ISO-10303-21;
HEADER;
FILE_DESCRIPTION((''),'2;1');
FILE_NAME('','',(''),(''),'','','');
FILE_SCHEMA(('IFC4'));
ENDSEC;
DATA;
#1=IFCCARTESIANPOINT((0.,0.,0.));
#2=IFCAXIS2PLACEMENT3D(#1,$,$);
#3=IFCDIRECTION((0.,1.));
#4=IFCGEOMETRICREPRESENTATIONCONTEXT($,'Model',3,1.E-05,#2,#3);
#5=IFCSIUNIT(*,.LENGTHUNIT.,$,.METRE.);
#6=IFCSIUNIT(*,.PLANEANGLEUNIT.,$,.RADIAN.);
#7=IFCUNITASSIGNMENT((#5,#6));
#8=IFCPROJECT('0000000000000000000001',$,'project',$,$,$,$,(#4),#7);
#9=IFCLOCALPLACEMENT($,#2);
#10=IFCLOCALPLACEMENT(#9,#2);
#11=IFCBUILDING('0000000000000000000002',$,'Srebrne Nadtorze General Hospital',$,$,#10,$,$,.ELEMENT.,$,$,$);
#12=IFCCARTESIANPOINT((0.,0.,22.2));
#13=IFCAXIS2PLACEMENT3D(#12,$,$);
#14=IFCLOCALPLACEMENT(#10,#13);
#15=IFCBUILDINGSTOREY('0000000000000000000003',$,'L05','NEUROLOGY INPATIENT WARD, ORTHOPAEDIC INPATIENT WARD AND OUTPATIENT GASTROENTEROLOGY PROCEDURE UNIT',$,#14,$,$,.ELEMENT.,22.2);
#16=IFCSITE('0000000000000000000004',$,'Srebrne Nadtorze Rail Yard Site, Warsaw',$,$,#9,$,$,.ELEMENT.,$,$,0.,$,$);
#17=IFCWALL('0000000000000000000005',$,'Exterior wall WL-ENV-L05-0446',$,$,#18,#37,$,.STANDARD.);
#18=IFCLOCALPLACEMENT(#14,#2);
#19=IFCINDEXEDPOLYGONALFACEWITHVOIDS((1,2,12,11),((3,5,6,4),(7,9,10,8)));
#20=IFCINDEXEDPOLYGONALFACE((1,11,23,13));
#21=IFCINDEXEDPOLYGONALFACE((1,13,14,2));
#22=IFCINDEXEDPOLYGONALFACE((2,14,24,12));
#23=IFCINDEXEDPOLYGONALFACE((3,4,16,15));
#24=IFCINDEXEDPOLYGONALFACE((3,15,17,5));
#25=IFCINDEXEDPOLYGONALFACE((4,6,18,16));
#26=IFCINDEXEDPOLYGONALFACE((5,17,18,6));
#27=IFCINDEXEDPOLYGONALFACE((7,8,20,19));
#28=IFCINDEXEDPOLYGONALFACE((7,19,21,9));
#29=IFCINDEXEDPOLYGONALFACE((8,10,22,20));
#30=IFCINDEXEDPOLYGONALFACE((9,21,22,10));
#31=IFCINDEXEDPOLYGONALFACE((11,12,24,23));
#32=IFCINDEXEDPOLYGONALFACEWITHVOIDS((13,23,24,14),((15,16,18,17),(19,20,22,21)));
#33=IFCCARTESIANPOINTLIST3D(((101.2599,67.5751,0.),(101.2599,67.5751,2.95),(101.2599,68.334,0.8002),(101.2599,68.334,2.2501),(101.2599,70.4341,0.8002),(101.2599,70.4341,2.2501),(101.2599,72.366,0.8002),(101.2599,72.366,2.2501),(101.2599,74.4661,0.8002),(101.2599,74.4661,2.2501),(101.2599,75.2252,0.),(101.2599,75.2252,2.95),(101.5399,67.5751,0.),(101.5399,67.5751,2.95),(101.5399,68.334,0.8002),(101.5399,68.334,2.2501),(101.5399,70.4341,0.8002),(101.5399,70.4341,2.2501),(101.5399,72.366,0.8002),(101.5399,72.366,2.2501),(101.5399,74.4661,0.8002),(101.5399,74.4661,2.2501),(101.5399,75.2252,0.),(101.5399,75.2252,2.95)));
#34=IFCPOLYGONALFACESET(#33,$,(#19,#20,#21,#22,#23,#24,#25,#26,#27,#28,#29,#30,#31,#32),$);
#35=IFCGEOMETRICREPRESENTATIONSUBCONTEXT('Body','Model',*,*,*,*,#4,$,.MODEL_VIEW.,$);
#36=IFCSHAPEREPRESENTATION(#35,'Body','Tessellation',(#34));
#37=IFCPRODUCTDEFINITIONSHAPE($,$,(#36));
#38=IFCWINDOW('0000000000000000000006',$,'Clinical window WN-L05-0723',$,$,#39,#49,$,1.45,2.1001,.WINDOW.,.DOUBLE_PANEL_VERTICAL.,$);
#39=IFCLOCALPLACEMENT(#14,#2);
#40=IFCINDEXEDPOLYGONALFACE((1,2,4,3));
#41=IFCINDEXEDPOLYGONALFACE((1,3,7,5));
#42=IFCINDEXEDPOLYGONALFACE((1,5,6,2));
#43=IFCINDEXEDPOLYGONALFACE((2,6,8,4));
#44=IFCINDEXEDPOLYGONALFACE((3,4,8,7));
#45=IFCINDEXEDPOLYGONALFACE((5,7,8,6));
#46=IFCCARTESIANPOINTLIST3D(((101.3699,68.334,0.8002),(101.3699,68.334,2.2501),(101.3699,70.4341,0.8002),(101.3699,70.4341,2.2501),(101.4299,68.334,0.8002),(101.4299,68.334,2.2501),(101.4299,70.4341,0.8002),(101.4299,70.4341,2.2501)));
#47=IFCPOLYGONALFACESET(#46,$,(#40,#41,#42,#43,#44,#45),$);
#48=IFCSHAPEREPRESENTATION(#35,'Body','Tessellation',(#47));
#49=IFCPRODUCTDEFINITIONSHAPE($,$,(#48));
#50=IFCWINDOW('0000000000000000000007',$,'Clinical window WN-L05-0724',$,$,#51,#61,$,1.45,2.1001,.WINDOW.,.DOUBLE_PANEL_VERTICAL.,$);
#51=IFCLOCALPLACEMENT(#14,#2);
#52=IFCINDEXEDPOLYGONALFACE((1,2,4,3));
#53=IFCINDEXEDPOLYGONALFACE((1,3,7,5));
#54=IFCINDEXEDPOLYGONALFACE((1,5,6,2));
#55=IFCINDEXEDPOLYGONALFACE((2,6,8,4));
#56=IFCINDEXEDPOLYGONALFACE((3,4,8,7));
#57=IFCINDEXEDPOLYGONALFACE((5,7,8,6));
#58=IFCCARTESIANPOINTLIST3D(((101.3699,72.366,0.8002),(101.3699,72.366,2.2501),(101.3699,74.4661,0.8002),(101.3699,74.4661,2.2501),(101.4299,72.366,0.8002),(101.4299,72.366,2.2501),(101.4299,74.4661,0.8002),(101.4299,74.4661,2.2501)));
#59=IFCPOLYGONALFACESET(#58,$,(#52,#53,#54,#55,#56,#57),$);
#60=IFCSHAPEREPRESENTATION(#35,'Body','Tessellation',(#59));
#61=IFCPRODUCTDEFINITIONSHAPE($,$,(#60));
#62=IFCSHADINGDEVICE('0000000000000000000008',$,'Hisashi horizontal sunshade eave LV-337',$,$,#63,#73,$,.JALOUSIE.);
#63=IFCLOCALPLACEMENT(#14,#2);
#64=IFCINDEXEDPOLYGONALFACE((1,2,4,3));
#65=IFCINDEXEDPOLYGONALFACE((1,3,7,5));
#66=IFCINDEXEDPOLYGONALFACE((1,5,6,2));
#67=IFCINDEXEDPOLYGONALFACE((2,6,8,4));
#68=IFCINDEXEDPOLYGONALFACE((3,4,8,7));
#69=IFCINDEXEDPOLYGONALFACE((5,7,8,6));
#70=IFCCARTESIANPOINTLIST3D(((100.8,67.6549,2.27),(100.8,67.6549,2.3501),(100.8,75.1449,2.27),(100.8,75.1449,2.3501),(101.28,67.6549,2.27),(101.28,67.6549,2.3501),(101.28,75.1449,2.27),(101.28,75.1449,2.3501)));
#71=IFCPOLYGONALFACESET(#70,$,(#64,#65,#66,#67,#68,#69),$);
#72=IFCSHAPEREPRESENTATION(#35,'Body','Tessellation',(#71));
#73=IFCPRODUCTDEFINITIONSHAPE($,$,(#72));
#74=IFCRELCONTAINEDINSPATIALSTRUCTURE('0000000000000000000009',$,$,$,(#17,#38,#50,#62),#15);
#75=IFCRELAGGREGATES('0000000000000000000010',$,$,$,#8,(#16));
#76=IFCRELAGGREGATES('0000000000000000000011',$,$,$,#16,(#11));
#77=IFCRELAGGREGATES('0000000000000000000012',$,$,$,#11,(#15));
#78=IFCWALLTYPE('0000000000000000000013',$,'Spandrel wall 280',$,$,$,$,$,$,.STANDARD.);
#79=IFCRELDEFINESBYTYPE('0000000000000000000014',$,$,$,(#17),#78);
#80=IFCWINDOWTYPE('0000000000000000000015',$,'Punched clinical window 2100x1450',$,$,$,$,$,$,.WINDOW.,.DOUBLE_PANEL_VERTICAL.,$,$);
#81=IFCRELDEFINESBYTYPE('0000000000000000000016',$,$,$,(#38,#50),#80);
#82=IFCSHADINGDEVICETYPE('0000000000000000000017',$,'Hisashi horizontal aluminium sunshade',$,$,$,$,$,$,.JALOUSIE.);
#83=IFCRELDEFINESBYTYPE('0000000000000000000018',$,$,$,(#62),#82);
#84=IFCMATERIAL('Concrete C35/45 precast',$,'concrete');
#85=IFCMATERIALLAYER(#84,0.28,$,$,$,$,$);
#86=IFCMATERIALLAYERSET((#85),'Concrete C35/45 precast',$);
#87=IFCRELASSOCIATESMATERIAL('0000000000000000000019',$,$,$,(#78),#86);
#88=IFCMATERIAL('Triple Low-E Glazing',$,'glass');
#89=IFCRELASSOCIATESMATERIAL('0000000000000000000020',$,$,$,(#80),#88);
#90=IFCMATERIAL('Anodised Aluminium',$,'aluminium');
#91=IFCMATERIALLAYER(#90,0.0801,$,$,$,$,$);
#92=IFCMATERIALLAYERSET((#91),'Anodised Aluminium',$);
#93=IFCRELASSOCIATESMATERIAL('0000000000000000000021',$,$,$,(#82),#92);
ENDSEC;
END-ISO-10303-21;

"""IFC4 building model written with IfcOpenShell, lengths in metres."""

from ifc_helpers import new_model, si_unit, direction, frame, frame_2d, origin, origin_2d, place, context, subcontext, project, spatial, rectangle, extrude, material, layer, layer_set, type_object, element, fill, save


model = new_model("IFC4")

# Units and contexts
model_context = context("Model", 3, precision=1e-05, world=origin(), true_north=direction((0.0, 1.0)))
body_context = subcontext(model_context, "Body", "Model", "MODEL_VIEW")
ifc_project = project(units=[si_unit("LENGTHUNIT", "METRE"), si_unit("PLANEANGLEUNIT", "RADIAN")], contexts=[model_context])

# Site, building, storey
site_placement = place(None, origin())
site = spatial("IfcSite", under=ifc_project, at=site_placement, Name="Srebrne Nadtorze Rail Yard Site, Warsaw", CompositionType="ELEMENT", RefElevation=0.0)
building_placement = place(site_placement, origin())
building = spatial("IfcBuilding", under=site, at=building_placement, Name="Srebrne Nadtorze General Hospital", CompositionType="ELEMENT")
storey_placement = place(building_placement, frame((0.0, 0.0, 22.2)))
storey = spatial("IfcBuildingStorey", under=building, at=storey_placement, Name="L05", Description="NEUROLOGY INPATIENT WARD, ORTHOPAEDIC INPATIENT WARD AND OUTPATIENT GASTROENTEROLOGY PROCEDURE UNIT", CompositionType="ELEMENT", Elevation=22.2)

# Wall, openings, windows
ifc_material_1 = material(Name="Concrete C35/45 precast", Category="concrete")
ifc_layer_1 = layer(ifc_material_1, 0.28)
ifc_layer_set_1 = layer_set([ifc_layer_1], Name="Concrete C35/45 precast")
wall_type_1 = type_object("IfcWallType", Name="Spandrel wall 280", PredefinedType="STANDARD", material=ifc_layer_set_1)
wall_1_placement = place(storey_placement, frame((101.3999, 67.575, 0.0), z_axis=(0.0, 0.0, 1.0), x_axis=(0.0, 1.0, 0.0)))
wall_1 = element("IfcWall", 1, at=wall_1_placement, inside=storey, type_object=wall_type_1, Name="Exterior wall WL-ENV-L05-0446", PredefinedType="STANDARD", context=body_context, shape_type="SweptSolid", body=[
    extrude(rectangle(XDim=7.6501, YDim=0.28, at=frame_2d((3.8252, 0.0))), origin(), (0.0, 0.0, 1.0), 2.95),
])
opening_1_placement = place(wall_1_placement, frame((0.759, 0.0, 0.8)))
opening_1 = element("IfcOpeningElement", 2, at=opening_1_placement, cuts=wall_1, PredefinedType="OPENING", context=body_context, shape_type="SweptSolid", body=[
    extrude(rectangle(XDim=2.1001, YDim=1.45, at=frame_2d((1.05, 0.7251))), frame((0.0, 0.1519, 0.0), z_axis=(0.0, -1.0, 0.0), x_axis=(1.0, 0.0, 0.0)), (0.0, 0.0, 1.0), 0.304),
])
opening_2_placement = place(wall_1_placement, frame((4.791, 0.0, 0.8)))
opening_2 = element("IfcOpeningElement", 3, at=opening_2_placement, cuts=wall_1, PredefinedType="OPENING", context=body_context, shape_type="SweptSolid", body=[
    extrude(rectangle(XDim=2.1001, YDim=1.45, at=frame_2d((1.05, 0.7251))), frame((0.0, 0.1519, 0.0), z_axis=(0.0, -1.0, 0.0), x_axis=(1.0, 0.0, 0.0)), (0.0, 0.0, 1.0), 0.304),
])
ifc_material_2 = material(Name="Triple Low-E Glazing", Category="glass")
window_type = type_object("IfcWindowType", Name="Punched clinical window 2100x1450", PartitioningType="DOUBLE_PANEL_VERTICAL", PredefinedType="WINDOW", material=ifc_material_2)
window_1_placement = place(opening_1_placement, origin())
window_1 = element("IfcWindow", 4, at=window_1_placement, inside=storey, type_object=window_type, Name="Clinical window WN-L05-0723", OverallHeight=1.45, OverallWidth=2.1001, PartitioningType="DOUBLE_PANEL_VERTICAL", PredefinedType="WINDOW", context=body_context, shape_type="SweptSolid", body=[
    extrude(rectangle(XDim=2.1001, YDim=1.45, at=frame_2d((1.05, 0.7251))), frame((0.0, 0.03, 0.0), z_axis=(0.0, -1.0, 0.0), x_axis=(1.0, 0.0, 0.0)), (0.0, 0.0, 1.0), 0.0601),
])
fill(opening_1, window_1)
window_2_placement = place(opening_2_placement, origin())
window_2 = element("IfcWindow", 5, at=window_2_placement, inside=storey, type_object=window_type, Name="Clinical window WN-L05-0724", OverallHeight=1.45, OverallWidth=2.1001, PartitioningType="DOUBLE_PANEL_VERTICAL", PredefinedType="WINDOW", context=body_context, shape_type="SweptSolid", body=[
    extrude(rectangle(XDim=2.1001, YDim=1.45, at=frame_2d((1.05, 0.7251))), frame((0.0, 0.03, 0.0), z_axis=(0.0, -1.0, 0.0), x_axis=(1.0, 0.0, 0.0)), (0.0, 0.0, 1.0), 0.0601),
])
fill(opening_2, window_2)

# Shading device
ifc_material_3 = material(Name="Anodised Aluminium", Category="aluminium")
ifc_layer_2 = layer(ifc_material_3, 0.0801)
ifc_layer_set_2 = layer_set([ifc_layer_2], Name="Anodised Aluminium")
shading_device_type = type_object("IfcShadingDeviceType", Name="Hisashi horizontal aluminium sunshade", PredefinedType="JALOUSIE", material=ifc_layer_set_2)
shading_device_placement = place(storey_placement, frame((101.04, 71.3999, 2.27), z_axis=(0.0, 0.0, 1.0), x_axis=(1.0, 0.0, 0.0)))
element("IfcShadingDevice", 6, at=shading_device_placement, inside=storey, type_object=shading_device_type, Name="Hisashi horizontal sunshade eave LV-337", PredefinedType="JALOUSIE", context=body_context, shape_type="SweptSolid", body=[
    extrude(rectangle(XDim=0.48, YDim=7.49, at=origin_2d()), origin(), (0.0, 0.0, 1.0), 0.0801),
])

save(model, "model.ifc")
